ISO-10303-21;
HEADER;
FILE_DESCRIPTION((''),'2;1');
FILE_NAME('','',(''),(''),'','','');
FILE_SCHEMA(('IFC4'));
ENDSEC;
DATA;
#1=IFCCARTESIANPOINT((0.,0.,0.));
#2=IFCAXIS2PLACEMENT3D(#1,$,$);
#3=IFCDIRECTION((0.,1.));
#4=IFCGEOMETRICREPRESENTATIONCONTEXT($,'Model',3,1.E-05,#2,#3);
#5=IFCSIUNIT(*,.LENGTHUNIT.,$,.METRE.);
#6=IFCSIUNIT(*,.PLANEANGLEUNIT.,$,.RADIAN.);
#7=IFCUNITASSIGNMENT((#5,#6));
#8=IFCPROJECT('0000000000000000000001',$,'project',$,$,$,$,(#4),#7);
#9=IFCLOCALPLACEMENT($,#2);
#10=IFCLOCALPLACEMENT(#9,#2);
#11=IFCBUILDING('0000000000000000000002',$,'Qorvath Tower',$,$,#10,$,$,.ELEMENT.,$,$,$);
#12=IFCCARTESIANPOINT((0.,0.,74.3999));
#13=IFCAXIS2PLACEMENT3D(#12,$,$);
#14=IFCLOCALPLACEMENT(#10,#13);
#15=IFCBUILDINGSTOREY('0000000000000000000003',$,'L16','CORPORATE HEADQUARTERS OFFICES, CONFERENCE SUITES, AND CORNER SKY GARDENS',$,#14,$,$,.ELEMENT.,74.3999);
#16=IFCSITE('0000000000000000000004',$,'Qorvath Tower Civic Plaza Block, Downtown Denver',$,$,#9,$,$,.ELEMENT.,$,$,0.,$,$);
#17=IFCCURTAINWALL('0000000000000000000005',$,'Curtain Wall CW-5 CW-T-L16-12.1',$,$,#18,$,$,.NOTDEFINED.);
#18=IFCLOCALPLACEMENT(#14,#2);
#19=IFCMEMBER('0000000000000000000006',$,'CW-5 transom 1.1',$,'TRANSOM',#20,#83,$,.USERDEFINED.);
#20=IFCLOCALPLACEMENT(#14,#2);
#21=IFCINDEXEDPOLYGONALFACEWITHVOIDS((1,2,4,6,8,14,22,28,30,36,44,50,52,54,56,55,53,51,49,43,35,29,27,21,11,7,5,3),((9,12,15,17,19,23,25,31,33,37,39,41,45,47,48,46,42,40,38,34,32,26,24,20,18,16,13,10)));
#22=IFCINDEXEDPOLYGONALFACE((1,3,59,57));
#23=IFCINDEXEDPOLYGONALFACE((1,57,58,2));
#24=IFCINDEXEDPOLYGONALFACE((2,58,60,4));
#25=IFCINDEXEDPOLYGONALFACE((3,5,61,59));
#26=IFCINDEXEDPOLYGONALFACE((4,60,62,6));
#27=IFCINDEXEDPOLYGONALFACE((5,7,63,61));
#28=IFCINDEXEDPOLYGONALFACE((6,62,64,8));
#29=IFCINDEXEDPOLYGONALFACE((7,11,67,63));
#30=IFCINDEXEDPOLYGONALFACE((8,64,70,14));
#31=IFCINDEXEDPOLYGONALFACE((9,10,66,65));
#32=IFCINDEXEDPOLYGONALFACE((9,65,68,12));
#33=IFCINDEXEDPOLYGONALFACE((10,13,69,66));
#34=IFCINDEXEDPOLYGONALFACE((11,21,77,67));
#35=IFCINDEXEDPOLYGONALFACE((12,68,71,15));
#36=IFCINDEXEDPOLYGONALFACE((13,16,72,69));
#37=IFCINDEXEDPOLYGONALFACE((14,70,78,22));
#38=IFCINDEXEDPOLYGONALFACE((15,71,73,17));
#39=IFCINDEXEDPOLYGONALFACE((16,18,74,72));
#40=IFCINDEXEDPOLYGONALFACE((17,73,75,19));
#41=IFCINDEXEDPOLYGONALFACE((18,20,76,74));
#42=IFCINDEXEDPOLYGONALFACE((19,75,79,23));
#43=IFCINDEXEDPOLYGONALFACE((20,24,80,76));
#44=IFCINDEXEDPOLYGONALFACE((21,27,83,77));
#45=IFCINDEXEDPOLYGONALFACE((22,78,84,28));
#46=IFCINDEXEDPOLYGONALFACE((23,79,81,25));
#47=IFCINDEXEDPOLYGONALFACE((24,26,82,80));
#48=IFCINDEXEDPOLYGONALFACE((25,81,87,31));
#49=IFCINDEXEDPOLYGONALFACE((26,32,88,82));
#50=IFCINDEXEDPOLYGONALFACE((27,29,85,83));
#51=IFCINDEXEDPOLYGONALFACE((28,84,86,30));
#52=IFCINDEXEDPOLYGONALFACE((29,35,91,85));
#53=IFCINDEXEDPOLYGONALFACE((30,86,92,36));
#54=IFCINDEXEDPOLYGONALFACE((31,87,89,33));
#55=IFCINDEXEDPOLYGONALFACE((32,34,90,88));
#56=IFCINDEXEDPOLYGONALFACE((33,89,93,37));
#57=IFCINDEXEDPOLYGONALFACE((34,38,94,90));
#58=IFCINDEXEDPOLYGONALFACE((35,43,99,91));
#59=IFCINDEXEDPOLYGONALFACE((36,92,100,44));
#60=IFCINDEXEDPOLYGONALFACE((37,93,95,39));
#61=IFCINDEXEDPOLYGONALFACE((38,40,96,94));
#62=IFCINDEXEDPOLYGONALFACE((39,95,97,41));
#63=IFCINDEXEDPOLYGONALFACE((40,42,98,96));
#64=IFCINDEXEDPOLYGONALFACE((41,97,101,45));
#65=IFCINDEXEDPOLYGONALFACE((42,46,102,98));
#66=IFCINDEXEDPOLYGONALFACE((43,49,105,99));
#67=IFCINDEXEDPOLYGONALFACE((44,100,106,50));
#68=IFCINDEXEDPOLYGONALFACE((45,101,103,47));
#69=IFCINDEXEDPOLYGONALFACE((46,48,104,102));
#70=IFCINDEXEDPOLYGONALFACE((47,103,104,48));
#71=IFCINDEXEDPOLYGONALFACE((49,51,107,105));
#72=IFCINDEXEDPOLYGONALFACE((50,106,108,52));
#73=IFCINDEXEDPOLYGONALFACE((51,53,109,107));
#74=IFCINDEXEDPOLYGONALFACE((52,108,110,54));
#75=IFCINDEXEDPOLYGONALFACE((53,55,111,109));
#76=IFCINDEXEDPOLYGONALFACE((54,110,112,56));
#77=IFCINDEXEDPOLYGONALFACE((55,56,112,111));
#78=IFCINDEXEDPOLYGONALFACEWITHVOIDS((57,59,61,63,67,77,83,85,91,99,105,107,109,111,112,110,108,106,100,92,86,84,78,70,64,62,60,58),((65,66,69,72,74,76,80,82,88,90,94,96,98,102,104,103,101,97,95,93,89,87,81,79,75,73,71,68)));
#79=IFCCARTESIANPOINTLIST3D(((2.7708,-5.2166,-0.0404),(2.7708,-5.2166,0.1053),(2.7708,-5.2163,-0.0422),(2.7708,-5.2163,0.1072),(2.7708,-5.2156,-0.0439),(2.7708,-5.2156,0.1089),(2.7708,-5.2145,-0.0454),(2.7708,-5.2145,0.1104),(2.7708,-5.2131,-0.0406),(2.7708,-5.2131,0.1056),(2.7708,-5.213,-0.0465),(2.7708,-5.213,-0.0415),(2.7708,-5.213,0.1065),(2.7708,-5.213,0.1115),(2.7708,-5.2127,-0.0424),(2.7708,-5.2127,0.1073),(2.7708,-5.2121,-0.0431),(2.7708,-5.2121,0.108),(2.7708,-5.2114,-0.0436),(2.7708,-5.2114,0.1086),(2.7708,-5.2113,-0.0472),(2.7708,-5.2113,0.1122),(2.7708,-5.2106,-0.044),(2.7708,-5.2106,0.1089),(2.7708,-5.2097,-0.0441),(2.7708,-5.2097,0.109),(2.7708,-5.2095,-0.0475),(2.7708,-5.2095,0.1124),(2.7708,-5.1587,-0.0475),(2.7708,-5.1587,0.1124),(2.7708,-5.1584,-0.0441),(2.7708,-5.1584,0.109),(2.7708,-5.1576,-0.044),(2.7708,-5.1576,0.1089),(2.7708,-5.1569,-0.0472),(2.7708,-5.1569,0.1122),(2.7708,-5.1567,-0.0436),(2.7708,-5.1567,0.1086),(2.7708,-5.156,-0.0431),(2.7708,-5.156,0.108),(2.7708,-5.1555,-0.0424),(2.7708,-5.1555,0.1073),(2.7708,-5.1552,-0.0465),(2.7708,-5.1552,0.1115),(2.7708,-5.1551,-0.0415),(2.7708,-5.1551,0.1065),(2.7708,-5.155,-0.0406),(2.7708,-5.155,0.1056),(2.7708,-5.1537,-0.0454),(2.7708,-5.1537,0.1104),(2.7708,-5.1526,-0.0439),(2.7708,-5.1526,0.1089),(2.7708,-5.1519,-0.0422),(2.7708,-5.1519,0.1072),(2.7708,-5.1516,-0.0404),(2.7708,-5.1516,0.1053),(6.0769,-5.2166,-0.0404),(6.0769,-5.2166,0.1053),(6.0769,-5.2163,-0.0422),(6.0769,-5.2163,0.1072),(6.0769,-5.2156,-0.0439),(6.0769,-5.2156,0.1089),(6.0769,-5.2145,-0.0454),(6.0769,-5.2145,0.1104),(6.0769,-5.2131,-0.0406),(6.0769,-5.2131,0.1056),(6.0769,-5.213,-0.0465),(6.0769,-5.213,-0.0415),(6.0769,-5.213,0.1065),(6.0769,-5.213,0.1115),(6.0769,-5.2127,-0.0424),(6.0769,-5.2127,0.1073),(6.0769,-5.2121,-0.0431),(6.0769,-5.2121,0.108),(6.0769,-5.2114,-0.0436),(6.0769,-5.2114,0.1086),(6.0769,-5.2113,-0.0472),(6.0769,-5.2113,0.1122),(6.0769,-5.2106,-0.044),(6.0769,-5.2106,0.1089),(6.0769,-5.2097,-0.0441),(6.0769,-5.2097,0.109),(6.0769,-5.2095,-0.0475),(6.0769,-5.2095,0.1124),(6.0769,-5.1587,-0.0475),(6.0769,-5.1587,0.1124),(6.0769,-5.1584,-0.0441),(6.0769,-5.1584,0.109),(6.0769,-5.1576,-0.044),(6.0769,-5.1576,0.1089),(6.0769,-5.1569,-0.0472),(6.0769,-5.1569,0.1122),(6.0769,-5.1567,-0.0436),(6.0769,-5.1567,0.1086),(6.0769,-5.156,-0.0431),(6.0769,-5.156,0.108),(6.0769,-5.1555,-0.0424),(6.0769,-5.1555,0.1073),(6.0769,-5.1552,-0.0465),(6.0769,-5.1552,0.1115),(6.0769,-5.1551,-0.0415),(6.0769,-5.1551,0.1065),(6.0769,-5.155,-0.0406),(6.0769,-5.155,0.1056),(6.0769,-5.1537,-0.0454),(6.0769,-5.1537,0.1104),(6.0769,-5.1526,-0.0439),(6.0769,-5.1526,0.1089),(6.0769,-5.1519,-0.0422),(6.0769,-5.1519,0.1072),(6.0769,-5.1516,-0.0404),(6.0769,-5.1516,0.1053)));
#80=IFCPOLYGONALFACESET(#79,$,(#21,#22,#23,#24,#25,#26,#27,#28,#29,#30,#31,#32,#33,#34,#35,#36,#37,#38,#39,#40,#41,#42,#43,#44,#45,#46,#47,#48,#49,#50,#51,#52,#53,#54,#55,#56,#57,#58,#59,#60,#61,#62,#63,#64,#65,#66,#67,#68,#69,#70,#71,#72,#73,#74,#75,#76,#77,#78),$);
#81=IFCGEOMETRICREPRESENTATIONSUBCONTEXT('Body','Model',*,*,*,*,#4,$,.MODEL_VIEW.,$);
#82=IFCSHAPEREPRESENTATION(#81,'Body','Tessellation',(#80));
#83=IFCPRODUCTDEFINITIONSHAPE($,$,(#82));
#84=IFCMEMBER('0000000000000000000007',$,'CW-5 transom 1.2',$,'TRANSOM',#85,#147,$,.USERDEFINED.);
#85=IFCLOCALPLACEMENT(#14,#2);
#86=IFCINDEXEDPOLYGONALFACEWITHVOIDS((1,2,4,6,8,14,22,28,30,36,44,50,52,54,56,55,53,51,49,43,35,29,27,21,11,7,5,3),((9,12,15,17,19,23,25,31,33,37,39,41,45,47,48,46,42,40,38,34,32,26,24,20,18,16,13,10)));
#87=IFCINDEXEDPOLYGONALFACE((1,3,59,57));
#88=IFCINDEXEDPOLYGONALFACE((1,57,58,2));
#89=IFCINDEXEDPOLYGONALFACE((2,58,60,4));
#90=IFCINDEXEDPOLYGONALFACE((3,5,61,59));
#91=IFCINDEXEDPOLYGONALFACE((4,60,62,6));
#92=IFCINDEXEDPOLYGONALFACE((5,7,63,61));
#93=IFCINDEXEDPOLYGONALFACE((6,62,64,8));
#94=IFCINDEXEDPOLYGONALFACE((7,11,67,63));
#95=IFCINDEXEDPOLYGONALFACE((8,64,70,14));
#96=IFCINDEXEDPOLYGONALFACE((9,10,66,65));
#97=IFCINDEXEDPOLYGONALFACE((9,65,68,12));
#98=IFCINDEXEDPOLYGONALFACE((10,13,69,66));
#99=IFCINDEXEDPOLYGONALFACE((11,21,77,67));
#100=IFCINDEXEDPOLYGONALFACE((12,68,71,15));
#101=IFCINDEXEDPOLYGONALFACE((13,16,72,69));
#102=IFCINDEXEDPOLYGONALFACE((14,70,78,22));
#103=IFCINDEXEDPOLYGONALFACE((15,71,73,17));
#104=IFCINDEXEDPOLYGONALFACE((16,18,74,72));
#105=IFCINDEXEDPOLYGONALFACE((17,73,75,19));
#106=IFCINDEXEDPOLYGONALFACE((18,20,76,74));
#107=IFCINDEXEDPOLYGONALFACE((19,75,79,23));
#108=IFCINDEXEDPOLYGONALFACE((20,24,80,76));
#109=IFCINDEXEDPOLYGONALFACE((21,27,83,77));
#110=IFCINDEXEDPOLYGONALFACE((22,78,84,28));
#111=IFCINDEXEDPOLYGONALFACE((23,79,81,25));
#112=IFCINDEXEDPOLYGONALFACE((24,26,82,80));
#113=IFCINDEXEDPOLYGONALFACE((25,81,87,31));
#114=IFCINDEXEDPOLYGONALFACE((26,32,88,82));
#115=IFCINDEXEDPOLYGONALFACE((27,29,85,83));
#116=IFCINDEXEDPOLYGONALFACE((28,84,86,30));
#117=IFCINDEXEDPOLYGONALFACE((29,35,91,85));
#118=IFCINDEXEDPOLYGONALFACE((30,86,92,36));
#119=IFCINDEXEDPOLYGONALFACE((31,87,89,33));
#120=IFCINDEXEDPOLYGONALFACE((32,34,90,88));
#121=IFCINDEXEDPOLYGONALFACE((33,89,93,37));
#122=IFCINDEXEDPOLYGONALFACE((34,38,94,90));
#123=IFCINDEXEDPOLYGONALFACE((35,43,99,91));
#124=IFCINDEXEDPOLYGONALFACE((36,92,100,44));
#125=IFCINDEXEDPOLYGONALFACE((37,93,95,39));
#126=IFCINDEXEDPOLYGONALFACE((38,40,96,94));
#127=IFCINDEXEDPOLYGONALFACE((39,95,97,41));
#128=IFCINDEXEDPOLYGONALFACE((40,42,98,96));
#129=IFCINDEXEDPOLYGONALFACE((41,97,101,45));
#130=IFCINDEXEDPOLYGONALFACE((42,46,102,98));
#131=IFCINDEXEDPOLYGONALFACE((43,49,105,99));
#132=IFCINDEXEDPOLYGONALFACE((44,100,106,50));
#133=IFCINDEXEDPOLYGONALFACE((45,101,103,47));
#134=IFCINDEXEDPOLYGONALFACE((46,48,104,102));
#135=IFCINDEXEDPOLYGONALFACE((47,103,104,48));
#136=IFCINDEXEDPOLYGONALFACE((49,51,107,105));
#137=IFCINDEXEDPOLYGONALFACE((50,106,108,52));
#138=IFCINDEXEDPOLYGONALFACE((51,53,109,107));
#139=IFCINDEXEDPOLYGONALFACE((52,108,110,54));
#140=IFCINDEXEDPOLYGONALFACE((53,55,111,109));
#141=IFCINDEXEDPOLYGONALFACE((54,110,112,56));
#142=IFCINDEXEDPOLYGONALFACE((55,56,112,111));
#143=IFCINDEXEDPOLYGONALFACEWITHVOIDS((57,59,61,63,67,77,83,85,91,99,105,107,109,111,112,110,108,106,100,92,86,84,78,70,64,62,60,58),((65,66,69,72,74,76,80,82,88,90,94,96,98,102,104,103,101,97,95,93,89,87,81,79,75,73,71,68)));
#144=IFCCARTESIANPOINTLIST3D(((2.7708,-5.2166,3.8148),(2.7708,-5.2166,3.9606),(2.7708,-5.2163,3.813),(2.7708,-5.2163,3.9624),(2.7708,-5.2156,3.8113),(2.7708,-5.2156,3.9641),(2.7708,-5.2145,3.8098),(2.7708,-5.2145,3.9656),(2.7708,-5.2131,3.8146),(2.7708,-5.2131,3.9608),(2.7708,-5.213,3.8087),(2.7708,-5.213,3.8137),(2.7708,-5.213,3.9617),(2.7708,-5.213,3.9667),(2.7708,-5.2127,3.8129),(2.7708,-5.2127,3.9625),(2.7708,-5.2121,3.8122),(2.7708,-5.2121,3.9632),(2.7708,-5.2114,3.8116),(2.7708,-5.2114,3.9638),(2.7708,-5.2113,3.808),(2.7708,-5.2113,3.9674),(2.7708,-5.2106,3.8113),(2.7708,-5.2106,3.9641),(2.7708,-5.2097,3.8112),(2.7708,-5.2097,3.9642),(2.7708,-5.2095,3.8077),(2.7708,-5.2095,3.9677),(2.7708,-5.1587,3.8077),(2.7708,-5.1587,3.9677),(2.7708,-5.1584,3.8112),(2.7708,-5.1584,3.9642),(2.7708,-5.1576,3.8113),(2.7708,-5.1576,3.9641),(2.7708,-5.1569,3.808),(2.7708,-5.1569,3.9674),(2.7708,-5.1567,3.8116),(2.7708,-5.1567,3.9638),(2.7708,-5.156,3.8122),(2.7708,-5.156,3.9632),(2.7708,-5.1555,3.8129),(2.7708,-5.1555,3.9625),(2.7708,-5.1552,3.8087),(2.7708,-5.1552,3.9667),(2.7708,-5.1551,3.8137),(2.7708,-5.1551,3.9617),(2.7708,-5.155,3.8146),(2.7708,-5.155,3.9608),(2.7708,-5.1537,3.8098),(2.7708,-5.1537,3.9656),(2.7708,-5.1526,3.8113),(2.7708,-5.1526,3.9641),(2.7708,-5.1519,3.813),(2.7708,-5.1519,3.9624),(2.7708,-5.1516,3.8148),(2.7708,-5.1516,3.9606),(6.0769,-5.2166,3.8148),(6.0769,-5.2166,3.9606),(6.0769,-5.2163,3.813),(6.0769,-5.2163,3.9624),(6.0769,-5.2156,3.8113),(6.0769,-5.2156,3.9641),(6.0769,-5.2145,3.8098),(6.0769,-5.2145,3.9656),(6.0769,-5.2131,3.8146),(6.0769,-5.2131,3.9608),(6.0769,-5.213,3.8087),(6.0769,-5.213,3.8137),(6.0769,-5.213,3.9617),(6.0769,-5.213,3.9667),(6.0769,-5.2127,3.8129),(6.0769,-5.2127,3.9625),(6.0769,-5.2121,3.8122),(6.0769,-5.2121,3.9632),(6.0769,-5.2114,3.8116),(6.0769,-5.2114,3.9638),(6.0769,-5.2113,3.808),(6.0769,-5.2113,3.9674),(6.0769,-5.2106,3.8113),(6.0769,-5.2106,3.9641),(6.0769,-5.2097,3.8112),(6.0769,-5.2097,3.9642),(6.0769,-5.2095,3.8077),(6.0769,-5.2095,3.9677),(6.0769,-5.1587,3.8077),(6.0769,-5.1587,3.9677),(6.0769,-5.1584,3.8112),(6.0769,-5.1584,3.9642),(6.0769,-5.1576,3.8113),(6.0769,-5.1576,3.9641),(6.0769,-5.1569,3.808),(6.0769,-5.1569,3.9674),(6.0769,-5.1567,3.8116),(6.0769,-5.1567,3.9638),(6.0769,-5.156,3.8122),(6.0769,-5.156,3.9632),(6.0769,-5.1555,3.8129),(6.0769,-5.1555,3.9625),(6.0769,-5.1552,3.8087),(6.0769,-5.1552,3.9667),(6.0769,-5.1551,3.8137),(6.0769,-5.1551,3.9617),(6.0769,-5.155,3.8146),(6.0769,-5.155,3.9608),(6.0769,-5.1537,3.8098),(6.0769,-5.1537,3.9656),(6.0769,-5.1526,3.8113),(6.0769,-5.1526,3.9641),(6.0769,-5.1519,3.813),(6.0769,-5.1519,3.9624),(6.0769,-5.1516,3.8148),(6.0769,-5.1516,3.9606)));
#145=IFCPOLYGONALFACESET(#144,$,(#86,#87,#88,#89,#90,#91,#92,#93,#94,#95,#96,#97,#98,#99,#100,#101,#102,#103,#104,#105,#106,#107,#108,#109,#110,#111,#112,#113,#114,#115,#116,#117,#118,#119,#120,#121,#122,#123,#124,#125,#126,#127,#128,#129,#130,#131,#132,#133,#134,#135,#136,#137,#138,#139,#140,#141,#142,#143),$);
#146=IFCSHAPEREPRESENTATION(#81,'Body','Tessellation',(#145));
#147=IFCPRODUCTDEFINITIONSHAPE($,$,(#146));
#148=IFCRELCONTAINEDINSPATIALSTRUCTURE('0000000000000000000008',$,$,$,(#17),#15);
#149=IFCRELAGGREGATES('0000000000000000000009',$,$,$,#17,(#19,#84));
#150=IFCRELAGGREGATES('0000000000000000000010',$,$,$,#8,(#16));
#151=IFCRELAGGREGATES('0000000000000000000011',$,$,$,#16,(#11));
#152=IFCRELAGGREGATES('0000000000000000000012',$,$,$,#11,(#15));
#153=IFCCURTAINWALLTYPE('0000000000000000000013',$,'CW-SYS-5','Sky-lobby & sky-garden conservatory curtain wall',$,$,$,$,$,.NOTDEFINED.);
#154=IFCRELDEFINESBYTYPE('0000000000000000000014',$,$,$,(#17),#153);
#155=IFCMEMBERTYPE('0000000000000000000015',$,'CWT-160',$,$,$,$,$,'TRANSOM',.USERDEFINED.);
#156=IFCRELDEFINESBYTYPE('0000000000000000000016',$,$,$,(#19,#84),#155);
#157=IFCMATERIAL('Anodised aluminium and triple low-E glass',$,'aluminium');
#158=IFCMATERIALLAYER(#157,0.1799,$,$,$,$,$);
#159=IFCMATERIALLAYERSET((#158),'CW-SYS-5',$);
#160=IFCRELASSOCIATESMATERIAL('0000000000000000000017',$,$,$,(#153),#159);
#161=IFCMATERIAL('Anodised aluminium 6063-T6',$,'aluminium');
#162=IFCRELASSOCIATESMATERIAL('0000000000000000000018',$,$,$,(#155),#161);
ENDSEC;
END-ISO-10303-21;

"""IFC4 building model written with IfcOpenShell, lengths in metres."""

from ifc_helpers import new_model, si_unit, direction, frame, origin, origin_2d, place, context, subcontext, project, spatial, hollow_rectangle, extrude, material, layer, layer_set, material_profile, profile_set, type_object, element, aggregate, save


model = new_model("IFC4")

# Units and contexts
model_context = context("Model", 3, precision=1e-05, world=origin(), true_north=direction((0.0, 1.0)))
body_context = subcontext(model_context, "Body", "Model", "MODEL_VIEW")
ifc_project = project(units=[si_unit("LENGTHUNIT", "METRE"), si_unit("PLANEANGLEUNIT", "RADIAN")], contexts=[model_context])

# Site, building, storey
site_placement = place(None, origin())
site = spatial("IfcSite", under=ifc_project, at=site_placement, Name="Qorvath Tower Civic Plaza Block, Downtown Denver", CompositionType="ELEMENT", RefElevation=0.0)
building_placement = place(site_placement, origin())
building = spatial("IfcBuilding", under=site, at=building_placement, Name="Qorvath Tower", CompositionType="ELEMENT")
storey_placement = place(building_placement, frame((0.0, 0.0, 74.3999)))
storey = spatial("IfcBuildingStorey", under=building, at=storey_placement, Name="L16", Description="CORPORATE HEADQUARTERS OFFICES, CONFERENCE SUITES, AND CORNER SKY GARDENS", CompositionType="ELEMENT", Elevation=74.3999)

# Shared definitions
ifc_material_1 = material(Name="Anodised aluminium and triple low-E glass", Category="aluminium")
ifc_layer_1 = layer(ifc_material_1, 0.1799)
ifc_layer_set_1 = layer_set([ifc_layer_1], Name="CW-SYS-5")
curtain_wall_type = type_object("IfcCurtainWallType", Name="CW-SYS-5", Description="Sky-lobby & sky-garden conservatory curtain wall", PredefinedType="NOTDEFINED", material=ifc_layer_set_1)

# Curtain wall
curtain_wall_1_placement = place(storey_placement, origin())
curtain_wall_1 = element("IfcCurtainWall", 1, at=curtain_wall_1_placement, inside=storey, type_object=curtain_wall_type, Name="Curtain Wall CW-5 CW-T-L16-12.1", PredefinedType="NOTDEFINED")

# Members
ifc_material_2 = material(Name="Anodised aluminium 6063-T6", Category="aluminium")
ifc_material_profile_1 = material_profile(ifc_material_2, hollow_rectangle(XDim=0.0649, YDim=0.1599, WallThickness=0.0034, InnerFilletRadius=0.0034, OuterFilletRadius=0.0071, at=origin_2d()), Name="CWT 160x65")
ifc_profile_set_1 = profile_set([ifc_material_profile_1], Name="Anodised aluminium 6063-T6")
member_type_1 = type_object("IfcMemberType", Name="CWT-160", ElementType="TRANSOM", PredefinedType="USERDEFINED", material=ifc_profile_set_1)
member_1_placement = place(storey_placement, frame((6.0769, -5.1841, 0.0325), z_axis=(-1.0, 0.0, 0.0), x_axis=(0.0, -1.0, 0.0)))
member_1 = element("IfcMember", 2, at=member_1_placement, type_object=member_type_1, Name="CW-5 transom 1.1", ObjectType="TRANSOM", PredefinedType="USERDEFINED", context=body_context, shape_type="SweptSolid", body=[
    extrude(hollow_rectangle(XDim=0.0649, YDim=0.1599, WallThickness=0.0034, InnerFilletRadius=0.0034, OuterFilletRadius=0.0071, at=origin_2d()), origin(), (0.0, 0.0, 1.0), 3.3062),
])
member_2_placement = place(storey_placement, frame((6.0769, -5.1841, 3.8877), z_axis=(-1.0, 0.0, 0.0), x_axis=(0.0, -1.0, 0.0)))
member_2 = element("IfcMember", 3, at=member_2_placement, type_object=member_type_1, Name="CW-5 transom 1.2", ObjectType="TRANSOM", PredefinedType="USERDEFINED", context=body_context, shape_type="SweptSolid", body=[
    extrude(hollow_rectangle(XDim=0.0649, YDim=0.1599, WallThickness=0.0034, InnerFilletRadius=0.0034, OuterFilletRadius=0.0071, at=origin_2d()), origin(), (0.0, 0.0, 1.0), 3.3062),
])

aggregate(curtain_wall_1, [member_1, member_2])

save(model, "model.ifc")
